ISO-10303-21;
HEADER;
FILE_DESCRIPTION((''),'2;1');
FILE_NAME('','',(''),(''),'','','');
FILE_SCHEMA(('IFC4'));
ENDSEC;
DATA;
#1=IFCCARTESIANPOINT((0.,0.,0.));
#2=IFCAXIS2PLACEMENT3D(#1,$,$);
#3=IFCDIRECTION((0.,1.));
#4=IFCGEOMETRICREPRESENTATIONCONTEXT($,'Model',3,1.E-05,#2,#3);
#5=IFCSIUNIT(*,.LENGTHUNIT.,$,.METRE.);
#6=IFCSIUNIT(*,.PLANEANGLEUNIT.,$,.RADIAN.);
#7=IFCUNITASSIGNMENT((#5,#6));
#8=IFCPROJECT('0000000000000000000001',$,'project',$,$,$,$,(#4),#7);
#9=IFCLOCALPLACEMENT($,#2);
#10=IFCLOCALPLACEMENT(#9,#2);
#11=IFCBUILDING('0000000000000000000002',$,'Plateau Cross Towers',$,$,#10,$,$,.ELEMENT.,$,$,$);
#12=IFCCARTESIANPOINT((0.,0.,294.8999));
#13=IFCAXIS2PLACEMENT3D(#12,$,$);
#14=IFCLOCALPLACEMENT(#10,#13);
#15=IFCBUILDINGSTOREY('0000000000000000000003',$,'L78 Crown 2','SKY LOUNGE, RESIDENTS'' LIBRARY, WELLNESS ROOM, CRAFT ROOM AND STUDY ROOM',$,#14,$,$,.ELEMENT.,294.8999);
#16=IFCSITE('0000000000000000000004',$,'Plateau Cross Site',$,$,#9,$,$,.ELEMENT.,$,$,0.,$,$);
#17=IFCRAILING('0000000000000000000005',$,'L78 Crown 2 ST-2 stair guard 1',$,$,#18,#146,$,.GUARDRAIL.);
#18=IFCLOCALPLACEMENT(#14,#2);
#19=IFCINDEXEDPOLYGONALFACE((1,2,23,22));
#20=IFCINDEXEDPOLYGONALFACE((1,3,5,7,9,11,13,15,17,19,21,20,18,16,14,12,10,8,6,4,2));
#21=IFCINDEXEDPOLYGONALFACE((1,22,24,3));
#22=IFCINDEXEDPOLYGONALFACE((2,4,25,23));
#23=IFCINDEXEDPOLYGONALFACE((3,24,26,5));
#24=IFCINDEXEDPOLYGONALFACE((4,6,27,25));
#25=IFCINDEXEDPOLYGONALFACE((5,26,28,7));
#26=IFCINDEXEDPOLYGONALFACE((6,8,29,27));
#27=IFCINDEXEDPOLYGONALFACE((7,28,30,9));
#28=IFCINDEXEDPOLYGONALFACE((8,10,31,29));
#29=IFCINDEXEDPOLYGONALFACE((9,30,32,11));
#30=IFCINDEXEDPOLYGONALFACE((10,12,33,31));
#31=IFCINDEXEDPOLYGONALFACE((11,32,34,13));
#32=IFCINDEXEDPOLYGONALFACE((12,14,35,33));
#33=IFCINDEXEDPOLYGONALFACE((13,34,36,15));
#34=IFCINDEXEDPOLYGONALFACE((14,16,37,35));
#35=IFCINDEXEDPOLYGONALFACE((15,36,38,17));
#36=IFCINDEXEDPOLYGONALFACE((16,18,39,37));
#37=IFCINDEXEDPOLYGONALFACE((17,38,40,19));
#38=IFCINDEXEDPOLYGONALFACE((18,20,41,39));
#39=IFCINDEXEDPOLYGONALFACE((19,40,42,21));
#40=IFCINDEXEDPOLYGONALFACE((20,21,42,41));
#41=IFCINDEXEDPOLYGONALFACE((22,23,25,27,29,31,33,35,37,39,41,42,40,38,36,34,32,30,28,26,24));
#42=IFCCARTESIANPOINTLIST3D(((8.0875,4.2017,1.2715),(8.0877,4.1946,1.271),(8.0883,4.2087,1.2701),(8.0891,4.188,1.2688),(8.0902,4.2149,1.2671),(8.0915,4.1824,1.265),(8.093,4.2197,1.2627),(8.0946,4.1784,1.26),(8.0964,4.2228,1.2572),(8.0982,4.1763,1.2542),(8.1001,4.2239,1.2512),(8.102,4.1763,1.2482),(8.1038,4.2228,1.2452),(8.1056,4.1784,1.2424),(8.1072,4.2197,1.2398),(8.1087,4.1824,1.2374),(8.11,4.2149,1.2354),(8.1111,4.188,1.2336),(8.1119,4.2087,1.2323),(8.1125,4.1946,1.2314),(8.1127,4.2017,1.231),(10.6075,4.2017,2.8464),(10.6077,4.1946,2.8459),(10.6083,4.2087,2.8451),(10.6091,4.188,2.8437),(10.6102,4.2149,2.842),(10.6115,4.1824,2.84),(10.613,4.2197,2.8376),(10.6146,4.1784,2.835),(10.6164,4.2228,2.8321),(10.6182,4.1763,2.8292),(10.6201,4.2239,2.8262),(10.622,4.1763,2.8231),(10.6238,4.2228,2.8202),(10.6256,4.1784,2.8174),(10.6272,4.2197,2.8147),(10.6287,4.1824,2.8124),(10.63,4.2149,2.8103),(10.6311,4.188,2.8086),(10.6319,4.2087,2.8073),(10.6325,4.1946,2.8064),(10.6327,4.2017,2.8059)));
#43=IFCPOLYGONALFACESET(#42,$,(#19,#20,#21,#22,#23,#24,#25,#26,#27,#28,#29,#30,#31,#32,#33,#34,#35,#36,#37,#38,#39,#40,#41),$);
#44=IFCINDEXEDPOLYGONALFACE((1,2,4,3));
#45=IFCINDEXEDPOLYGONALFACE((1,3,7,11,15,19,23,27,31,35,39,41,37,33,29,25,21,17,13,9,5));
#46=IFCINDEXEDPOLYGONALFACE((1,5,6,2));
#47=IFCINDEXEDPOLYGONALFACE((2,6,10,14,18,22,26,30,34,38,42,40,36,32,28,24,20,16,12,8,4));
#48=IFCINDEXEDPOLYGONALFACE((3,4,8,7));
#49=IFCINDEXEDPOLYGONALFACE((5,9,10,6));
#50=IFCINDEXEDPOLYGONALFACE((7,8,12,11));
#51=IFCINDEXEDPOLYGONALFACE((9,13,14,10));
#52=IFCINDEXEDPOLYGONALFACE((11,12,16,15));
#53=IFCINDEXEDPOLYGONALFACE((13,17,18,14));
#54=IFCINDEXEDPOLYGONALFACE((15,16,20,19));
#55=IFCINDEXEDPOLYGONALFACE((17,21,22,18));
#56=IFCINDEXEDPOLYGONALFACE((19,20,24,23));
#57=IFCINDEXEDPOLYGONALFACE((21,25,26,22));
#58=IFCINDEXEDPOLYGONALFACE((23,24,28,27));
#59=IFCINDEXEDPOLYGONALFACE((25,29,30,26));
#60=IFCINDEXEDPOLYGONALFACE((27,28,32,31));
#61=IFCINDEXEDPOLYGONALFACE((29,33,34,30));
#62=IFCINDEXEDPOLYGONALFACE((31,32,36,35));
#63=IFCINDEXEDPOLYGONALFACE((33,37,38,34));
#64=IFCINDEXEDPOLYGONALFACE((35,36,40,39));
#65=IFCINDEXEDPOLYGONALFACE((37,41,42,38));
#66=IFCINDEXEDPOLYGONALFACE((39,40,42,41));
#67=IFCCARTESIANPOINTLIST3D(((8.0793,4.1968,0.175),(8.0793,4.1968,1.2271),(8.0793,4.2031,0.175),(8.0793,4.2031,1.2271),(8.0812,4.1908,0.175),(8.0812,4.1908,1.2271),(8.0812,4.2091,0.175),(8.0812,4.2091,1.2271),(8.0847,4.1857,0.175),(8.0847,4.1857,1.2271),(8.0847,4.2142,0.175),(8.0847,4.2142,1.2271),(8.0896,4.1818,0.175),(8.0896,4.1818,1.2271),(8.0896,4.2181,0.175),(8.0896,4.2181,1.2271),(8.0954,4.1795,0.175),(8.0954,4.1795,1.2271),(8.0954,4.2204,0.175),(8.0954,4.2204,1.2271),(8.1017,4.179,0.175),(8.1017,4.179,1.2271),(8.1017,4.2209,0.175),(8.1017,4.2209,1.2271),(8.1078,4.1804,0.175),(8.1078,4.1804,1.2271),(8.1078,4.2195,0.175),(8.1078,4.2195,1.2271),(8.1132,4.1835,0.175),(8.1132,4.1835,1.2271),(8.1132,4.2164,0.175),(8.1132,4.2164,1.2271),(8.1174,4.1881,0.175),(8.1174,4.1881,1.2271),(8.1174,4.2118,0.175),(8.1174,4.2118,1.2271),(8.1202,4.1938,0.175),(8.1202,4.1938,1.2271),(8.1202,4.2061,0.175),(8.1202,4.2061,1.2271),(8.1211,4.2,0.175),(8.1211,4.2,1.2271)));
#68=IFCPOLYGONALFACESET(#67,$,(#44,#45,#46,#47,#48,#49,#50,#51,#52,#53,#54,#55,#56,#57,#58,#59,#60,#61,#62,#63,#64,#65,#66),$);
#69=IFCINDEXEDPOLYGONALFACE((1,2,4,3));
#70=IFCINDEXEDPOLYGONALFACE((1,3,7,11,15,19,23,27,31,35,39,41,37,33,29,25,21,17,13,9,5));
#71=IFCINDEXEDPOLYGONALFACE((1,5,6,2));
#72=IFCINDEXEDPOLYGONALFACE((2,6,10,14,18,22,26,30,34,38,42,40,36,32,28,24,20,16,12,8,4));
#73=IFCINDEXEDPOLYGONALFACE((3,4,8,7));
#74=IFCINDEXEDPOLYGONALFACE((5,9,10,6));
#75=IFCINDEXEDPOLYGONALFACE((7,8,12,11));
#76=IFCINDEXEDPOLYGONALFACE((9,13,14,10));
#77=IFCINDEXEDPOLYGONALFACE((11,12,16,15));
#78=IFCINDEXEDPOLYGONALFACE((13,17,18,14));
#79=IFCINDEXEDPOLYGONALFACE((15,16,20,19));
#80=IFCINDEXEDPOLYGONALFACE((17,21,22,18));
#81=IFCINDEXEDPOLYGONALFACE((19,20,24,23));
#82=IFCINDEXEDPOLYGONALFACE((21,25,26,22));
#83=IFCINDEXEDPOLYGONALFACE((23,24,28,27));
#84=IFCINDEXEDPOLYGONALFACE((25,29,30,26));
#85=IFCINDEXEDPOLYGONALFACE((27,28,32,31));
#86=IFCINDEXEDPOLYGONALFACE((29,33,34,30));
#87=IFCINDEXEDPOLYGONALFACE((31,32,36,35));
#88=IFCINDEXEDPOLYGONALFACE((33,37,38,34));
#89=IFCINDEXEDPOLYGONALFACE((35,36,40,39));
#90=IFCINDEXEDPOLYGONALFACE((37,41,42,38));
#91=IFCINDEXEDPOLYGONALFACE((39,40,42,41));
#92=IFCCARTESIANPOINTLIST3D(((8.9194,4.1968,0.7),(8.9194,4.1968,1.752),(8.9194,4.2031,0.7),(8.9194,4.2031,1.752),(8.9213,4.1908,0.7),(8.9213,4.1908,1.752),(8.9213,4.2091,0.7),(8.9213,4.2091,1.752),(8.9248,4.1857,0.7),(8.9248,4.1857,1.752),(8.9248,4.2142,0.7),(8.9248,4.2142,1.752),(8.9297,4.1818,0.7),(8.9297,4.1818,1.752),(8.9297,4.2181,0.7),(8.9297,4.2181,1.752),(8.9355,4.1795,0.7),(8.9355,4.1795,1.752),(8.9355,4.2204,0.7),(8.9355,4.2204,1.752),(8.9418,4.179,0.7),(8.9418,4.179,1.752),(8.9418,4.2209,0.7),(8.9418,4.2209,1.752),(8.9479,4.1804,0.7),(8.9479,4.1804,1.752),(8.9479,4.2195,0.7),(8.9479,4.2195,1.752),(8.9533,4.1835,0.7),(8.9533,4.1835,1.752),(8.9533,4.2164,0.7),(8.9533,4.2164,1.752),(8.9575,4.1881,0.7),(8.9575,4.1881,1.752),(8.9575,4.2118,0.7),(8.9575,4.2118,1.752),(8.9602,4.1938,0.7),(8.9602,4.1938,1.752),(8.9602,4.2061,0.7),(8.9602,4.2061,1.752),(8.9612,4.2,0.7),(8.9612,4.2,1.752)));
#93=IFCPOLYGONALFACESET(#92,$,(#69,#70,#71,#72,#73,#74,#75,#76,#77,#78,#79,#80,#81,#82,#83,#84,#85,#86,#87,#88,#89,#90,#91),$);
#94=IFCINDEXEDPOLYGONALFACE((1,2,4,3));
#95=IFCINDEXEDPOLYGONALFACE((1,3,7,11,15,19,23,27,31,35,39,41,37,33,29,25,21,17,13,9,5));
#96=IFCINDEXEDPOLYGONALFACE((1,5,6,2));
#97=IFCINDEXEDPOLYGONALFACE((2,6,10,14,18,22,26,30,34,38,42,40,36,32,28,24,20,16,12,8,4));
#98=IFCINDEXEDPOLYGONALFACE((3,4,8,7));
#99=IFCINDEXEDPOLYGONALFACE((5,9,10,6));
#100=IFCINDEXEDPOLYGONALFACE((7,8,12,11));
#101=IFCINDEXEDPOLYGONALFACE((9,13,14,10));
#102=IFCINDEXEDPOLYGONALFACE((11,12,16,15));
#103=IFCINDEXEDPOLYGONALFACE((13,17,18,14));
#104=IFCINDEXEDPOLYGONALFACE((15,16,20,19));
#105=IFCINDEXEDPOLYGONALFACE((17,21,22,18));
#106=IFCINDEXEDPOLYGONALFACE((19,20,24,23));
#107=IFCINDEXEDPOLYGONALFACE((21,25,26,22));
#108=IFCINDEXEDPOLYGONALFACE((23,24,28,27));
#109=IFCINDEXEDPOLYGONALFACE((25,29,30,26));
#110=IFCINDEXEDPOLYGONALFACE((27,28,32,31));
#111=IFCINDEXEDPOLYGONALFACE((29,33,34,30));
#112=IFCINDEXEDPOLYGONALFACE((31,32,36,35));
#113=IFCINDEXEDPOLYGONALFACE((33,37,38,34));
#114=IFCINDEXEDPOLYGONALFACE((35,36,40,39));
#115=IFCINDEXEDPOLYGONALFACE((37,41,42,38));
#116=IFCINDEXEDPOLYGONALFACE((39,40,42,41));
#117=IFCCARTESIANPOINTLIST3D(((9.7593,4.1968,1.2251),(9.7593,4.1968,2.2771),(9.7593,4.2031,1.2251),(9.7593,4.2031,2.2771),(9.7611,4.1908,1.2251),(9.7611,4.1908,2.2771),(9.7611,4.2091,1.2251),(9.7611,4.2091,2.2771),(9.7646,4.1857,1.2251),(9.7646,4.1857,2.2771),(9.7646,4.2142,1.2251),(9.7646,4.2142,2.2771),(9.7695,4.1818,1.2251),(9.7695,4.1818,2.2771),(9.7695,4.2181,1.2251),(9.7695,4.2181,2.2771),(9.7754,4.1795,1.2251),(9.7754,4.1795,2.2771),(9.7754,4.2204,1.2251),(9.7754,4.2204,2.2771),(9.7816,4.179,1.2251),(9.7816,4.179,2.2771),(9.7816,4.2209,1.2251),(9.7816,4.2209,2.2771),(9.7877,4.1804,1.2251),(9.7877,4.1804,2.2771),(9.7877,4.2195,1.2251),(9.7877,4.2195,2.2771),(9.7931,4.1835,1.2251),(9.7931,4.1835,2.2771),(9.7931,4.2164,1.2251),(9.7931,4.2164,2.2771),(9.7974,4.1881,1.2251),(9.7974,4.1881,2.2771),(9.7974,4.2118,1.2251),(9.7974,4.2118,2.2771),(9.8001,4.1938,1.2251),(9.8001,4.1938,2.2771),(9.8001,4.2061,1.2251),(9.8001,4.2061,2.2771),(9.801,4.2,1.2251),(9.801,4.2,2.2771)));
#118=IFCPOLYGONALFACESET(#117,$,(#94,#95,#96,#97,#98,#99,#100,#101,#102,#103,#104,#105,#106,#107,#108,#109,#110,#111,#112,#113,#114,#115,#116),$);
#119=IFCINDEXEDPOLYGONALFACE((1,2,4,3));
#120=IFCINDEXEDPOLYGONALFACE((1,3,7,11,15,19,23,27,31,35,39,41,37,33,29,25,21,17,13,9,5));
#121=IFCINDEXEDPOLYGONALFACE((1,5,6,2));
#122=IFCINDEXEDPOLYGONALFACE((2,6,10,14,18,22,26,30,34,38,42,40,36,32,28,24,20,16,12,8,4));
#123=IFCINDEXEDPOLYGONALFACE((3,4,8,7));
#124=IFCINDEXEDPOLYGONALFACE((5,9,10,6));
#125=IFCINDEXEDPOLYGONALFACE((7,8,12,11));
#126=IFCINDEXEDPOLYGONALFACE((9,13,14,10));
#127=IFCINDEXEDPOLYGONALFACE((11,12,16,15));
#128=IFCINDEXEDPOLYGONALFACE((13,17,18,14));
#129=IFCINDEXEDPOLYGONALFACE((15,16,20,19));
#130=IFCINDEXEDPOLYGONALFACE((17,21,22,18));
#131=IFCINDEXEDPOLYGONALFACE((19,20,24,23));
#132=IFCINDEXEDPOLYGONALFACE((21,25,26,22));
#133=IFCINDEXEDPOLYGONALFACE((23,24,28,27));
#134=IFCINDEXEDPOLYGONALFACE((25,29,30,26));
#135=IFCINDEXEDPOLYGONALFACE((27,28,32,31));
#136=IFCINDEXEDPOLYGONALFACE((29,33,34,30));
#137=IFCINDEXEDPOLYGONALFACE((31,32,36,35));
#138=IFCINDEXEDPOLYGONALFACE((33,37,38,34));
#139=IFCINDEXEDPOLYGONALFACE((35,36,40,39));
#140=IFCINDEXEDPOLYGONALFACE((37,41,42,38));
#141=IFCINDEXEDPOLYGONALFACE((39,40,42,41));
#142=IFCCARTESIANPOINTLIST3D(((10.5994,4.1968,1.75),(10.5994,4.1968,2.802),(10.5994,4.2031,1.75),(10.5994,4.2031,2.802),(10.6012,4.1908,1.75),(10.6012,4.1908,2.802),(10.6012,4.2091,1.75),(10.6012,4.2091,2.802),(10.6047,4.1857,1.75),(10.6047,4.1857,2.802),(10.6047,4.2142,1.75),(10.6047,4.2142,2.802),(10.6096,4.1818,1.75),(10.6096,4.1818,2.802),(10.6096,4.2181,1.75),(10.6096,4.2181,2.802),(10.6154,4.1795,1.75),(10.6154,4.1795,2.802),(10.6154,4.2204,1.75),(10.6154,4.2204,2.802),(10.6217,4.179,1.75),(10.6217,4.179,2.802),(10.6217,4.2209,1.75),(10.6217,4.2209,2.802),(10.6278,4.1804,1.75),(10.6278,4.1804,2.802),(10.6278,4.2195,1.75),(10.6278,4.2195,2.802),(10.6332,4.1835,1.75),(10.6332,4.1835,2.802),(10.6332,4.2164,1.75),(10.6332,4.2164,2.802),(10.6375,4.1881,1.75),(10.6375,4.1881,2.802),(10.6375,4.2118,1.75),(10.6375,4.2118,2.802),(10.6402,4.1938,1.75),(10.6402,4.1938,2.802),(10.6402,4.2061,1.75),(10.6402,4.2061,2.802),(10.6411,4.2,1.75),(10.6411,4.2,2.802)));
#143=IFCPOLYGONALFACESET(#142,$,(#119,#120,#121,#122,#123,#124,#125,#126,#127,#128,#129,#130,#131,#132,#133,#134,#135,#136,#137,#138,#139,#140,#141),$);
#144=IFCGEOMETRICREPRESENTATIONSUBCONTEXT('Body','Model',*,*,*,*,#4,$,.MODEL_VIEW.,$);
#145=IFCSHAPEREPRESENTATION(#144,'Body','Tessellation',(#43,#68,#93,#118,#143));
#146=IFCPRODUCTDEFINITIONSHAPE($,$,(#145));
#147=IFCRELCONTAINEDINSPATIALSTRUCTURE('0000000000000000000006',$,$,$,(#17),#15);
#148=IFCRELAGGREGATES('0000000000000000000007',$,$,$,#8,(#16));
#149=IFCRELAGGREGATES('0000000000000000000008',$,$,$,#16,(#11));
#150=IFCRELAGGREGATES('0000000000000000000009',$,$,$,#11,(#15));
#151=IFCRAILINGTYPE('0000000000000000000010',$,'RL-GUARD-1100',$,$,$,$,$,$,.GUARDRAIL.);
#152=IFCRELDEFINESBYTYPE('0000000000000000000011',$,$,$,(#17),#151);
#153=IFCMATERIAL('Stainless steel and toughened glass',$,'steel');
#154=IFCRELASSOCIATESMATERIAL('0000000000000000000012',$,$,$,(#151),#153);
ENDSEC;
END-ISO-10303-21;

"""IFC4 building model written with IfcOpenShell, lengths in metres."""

from ifc_helpers import new_model, si_unit, direction, frame, origin, origin_2d, place, context, subcontext, project, spatial, circle, extrude, material, type_object, element, save


model = new_model("IFC4")

# Units and contexts
model_context = context("Model", 3, precision=1e-05, world=origin(), true_north=direction((0.0, 1.0)))
body_context = subcontext(model_context, "Body", "Model", "MODEL_VIEW")
ifc_project = project(units=[si_unit("LENGTHUNIT", "METRE"), si_unit("PLANEANGLEUNIT", "RADIAN")], contexts=[model_context])

# Site, building, storey
site_placement = place(None, origin())
site = spatial("IfcSite", under=ifc_project, at=site_placement, Name="Plateau Cross Site", CompositionType="ELEMENT", RefElevation=0.0)
building_placement = place(site_placement, origin())
building = spatial("IfcBuilding", under=site, at=building_placement, Name="Plateau Cross Towers", CompositionType="ELEMENT")
storey_placement = place(building_placement, frame((0.0, 0.0, 294.8999)))
storey = spatial("IfcBuildingStorey", under=building, at=storey_placement, Name="L78 Crown 2", Description="SKY LOUNGE, RESIDENTS' LIBRARY, WELLNESS ROOM, CRAFT ROOM AND STUDY ROOM", CompositionType="ELEMENT", Elevation=294.8999)

# Railing
ifc_material_1 = material(Name="Stainless steel and toughened glass", Category="steel")
railing_type_1 = type_object("IfcRailingType", Name="RL-GUARD-1100", PredefinedType="GUARDRAIL", material=ifc_material_1)
railing_1_placement = place(storey_placement, frame((8.1001, 4.2, 0.175)))
element("IfcRailing", 1, at=railing_1_placement, inside=storey, type_object=railing_type_1, Name="L78 Crown 2 ST-2 stair guard 1", PredefinedType="GUARDRAIL", context=body_context, shape_type="SweptSolid", body=[
    extrude(circle(Radius=0.0239, at=origin_2d()), frame((0.0, 0.0, 1.0762), z_axis=(0.848008, 0.0, 0.529984), x_axis=(0.0, 1.0, 0.0)), (0.0, 0.0, 1.0), 2.9717),
    extrude(circle(Radius=0.021, at=origin_2d()), origin(), (0.0, 0.0, 1.0), 1.052),
    extrude(circle(Radius=0.021, at=origin_2d()), frame((0.8401, 0.0, 0.5249)), (0.0, 0.0, 1.0), 1.052),
    extrude(circle(Radius=0.021, at=origin_2d()), frame((1.6799, 0.0, 1.05)), (0.0, 0.0, 1.0), 1.052),
    extrude(circle(Radius=0.021, at=origin_2d()), frame((2.52, 0.0, 1.575)), (0.0, 0.0, 1.0), 1.052),
])

save(model, "model.ifc")
